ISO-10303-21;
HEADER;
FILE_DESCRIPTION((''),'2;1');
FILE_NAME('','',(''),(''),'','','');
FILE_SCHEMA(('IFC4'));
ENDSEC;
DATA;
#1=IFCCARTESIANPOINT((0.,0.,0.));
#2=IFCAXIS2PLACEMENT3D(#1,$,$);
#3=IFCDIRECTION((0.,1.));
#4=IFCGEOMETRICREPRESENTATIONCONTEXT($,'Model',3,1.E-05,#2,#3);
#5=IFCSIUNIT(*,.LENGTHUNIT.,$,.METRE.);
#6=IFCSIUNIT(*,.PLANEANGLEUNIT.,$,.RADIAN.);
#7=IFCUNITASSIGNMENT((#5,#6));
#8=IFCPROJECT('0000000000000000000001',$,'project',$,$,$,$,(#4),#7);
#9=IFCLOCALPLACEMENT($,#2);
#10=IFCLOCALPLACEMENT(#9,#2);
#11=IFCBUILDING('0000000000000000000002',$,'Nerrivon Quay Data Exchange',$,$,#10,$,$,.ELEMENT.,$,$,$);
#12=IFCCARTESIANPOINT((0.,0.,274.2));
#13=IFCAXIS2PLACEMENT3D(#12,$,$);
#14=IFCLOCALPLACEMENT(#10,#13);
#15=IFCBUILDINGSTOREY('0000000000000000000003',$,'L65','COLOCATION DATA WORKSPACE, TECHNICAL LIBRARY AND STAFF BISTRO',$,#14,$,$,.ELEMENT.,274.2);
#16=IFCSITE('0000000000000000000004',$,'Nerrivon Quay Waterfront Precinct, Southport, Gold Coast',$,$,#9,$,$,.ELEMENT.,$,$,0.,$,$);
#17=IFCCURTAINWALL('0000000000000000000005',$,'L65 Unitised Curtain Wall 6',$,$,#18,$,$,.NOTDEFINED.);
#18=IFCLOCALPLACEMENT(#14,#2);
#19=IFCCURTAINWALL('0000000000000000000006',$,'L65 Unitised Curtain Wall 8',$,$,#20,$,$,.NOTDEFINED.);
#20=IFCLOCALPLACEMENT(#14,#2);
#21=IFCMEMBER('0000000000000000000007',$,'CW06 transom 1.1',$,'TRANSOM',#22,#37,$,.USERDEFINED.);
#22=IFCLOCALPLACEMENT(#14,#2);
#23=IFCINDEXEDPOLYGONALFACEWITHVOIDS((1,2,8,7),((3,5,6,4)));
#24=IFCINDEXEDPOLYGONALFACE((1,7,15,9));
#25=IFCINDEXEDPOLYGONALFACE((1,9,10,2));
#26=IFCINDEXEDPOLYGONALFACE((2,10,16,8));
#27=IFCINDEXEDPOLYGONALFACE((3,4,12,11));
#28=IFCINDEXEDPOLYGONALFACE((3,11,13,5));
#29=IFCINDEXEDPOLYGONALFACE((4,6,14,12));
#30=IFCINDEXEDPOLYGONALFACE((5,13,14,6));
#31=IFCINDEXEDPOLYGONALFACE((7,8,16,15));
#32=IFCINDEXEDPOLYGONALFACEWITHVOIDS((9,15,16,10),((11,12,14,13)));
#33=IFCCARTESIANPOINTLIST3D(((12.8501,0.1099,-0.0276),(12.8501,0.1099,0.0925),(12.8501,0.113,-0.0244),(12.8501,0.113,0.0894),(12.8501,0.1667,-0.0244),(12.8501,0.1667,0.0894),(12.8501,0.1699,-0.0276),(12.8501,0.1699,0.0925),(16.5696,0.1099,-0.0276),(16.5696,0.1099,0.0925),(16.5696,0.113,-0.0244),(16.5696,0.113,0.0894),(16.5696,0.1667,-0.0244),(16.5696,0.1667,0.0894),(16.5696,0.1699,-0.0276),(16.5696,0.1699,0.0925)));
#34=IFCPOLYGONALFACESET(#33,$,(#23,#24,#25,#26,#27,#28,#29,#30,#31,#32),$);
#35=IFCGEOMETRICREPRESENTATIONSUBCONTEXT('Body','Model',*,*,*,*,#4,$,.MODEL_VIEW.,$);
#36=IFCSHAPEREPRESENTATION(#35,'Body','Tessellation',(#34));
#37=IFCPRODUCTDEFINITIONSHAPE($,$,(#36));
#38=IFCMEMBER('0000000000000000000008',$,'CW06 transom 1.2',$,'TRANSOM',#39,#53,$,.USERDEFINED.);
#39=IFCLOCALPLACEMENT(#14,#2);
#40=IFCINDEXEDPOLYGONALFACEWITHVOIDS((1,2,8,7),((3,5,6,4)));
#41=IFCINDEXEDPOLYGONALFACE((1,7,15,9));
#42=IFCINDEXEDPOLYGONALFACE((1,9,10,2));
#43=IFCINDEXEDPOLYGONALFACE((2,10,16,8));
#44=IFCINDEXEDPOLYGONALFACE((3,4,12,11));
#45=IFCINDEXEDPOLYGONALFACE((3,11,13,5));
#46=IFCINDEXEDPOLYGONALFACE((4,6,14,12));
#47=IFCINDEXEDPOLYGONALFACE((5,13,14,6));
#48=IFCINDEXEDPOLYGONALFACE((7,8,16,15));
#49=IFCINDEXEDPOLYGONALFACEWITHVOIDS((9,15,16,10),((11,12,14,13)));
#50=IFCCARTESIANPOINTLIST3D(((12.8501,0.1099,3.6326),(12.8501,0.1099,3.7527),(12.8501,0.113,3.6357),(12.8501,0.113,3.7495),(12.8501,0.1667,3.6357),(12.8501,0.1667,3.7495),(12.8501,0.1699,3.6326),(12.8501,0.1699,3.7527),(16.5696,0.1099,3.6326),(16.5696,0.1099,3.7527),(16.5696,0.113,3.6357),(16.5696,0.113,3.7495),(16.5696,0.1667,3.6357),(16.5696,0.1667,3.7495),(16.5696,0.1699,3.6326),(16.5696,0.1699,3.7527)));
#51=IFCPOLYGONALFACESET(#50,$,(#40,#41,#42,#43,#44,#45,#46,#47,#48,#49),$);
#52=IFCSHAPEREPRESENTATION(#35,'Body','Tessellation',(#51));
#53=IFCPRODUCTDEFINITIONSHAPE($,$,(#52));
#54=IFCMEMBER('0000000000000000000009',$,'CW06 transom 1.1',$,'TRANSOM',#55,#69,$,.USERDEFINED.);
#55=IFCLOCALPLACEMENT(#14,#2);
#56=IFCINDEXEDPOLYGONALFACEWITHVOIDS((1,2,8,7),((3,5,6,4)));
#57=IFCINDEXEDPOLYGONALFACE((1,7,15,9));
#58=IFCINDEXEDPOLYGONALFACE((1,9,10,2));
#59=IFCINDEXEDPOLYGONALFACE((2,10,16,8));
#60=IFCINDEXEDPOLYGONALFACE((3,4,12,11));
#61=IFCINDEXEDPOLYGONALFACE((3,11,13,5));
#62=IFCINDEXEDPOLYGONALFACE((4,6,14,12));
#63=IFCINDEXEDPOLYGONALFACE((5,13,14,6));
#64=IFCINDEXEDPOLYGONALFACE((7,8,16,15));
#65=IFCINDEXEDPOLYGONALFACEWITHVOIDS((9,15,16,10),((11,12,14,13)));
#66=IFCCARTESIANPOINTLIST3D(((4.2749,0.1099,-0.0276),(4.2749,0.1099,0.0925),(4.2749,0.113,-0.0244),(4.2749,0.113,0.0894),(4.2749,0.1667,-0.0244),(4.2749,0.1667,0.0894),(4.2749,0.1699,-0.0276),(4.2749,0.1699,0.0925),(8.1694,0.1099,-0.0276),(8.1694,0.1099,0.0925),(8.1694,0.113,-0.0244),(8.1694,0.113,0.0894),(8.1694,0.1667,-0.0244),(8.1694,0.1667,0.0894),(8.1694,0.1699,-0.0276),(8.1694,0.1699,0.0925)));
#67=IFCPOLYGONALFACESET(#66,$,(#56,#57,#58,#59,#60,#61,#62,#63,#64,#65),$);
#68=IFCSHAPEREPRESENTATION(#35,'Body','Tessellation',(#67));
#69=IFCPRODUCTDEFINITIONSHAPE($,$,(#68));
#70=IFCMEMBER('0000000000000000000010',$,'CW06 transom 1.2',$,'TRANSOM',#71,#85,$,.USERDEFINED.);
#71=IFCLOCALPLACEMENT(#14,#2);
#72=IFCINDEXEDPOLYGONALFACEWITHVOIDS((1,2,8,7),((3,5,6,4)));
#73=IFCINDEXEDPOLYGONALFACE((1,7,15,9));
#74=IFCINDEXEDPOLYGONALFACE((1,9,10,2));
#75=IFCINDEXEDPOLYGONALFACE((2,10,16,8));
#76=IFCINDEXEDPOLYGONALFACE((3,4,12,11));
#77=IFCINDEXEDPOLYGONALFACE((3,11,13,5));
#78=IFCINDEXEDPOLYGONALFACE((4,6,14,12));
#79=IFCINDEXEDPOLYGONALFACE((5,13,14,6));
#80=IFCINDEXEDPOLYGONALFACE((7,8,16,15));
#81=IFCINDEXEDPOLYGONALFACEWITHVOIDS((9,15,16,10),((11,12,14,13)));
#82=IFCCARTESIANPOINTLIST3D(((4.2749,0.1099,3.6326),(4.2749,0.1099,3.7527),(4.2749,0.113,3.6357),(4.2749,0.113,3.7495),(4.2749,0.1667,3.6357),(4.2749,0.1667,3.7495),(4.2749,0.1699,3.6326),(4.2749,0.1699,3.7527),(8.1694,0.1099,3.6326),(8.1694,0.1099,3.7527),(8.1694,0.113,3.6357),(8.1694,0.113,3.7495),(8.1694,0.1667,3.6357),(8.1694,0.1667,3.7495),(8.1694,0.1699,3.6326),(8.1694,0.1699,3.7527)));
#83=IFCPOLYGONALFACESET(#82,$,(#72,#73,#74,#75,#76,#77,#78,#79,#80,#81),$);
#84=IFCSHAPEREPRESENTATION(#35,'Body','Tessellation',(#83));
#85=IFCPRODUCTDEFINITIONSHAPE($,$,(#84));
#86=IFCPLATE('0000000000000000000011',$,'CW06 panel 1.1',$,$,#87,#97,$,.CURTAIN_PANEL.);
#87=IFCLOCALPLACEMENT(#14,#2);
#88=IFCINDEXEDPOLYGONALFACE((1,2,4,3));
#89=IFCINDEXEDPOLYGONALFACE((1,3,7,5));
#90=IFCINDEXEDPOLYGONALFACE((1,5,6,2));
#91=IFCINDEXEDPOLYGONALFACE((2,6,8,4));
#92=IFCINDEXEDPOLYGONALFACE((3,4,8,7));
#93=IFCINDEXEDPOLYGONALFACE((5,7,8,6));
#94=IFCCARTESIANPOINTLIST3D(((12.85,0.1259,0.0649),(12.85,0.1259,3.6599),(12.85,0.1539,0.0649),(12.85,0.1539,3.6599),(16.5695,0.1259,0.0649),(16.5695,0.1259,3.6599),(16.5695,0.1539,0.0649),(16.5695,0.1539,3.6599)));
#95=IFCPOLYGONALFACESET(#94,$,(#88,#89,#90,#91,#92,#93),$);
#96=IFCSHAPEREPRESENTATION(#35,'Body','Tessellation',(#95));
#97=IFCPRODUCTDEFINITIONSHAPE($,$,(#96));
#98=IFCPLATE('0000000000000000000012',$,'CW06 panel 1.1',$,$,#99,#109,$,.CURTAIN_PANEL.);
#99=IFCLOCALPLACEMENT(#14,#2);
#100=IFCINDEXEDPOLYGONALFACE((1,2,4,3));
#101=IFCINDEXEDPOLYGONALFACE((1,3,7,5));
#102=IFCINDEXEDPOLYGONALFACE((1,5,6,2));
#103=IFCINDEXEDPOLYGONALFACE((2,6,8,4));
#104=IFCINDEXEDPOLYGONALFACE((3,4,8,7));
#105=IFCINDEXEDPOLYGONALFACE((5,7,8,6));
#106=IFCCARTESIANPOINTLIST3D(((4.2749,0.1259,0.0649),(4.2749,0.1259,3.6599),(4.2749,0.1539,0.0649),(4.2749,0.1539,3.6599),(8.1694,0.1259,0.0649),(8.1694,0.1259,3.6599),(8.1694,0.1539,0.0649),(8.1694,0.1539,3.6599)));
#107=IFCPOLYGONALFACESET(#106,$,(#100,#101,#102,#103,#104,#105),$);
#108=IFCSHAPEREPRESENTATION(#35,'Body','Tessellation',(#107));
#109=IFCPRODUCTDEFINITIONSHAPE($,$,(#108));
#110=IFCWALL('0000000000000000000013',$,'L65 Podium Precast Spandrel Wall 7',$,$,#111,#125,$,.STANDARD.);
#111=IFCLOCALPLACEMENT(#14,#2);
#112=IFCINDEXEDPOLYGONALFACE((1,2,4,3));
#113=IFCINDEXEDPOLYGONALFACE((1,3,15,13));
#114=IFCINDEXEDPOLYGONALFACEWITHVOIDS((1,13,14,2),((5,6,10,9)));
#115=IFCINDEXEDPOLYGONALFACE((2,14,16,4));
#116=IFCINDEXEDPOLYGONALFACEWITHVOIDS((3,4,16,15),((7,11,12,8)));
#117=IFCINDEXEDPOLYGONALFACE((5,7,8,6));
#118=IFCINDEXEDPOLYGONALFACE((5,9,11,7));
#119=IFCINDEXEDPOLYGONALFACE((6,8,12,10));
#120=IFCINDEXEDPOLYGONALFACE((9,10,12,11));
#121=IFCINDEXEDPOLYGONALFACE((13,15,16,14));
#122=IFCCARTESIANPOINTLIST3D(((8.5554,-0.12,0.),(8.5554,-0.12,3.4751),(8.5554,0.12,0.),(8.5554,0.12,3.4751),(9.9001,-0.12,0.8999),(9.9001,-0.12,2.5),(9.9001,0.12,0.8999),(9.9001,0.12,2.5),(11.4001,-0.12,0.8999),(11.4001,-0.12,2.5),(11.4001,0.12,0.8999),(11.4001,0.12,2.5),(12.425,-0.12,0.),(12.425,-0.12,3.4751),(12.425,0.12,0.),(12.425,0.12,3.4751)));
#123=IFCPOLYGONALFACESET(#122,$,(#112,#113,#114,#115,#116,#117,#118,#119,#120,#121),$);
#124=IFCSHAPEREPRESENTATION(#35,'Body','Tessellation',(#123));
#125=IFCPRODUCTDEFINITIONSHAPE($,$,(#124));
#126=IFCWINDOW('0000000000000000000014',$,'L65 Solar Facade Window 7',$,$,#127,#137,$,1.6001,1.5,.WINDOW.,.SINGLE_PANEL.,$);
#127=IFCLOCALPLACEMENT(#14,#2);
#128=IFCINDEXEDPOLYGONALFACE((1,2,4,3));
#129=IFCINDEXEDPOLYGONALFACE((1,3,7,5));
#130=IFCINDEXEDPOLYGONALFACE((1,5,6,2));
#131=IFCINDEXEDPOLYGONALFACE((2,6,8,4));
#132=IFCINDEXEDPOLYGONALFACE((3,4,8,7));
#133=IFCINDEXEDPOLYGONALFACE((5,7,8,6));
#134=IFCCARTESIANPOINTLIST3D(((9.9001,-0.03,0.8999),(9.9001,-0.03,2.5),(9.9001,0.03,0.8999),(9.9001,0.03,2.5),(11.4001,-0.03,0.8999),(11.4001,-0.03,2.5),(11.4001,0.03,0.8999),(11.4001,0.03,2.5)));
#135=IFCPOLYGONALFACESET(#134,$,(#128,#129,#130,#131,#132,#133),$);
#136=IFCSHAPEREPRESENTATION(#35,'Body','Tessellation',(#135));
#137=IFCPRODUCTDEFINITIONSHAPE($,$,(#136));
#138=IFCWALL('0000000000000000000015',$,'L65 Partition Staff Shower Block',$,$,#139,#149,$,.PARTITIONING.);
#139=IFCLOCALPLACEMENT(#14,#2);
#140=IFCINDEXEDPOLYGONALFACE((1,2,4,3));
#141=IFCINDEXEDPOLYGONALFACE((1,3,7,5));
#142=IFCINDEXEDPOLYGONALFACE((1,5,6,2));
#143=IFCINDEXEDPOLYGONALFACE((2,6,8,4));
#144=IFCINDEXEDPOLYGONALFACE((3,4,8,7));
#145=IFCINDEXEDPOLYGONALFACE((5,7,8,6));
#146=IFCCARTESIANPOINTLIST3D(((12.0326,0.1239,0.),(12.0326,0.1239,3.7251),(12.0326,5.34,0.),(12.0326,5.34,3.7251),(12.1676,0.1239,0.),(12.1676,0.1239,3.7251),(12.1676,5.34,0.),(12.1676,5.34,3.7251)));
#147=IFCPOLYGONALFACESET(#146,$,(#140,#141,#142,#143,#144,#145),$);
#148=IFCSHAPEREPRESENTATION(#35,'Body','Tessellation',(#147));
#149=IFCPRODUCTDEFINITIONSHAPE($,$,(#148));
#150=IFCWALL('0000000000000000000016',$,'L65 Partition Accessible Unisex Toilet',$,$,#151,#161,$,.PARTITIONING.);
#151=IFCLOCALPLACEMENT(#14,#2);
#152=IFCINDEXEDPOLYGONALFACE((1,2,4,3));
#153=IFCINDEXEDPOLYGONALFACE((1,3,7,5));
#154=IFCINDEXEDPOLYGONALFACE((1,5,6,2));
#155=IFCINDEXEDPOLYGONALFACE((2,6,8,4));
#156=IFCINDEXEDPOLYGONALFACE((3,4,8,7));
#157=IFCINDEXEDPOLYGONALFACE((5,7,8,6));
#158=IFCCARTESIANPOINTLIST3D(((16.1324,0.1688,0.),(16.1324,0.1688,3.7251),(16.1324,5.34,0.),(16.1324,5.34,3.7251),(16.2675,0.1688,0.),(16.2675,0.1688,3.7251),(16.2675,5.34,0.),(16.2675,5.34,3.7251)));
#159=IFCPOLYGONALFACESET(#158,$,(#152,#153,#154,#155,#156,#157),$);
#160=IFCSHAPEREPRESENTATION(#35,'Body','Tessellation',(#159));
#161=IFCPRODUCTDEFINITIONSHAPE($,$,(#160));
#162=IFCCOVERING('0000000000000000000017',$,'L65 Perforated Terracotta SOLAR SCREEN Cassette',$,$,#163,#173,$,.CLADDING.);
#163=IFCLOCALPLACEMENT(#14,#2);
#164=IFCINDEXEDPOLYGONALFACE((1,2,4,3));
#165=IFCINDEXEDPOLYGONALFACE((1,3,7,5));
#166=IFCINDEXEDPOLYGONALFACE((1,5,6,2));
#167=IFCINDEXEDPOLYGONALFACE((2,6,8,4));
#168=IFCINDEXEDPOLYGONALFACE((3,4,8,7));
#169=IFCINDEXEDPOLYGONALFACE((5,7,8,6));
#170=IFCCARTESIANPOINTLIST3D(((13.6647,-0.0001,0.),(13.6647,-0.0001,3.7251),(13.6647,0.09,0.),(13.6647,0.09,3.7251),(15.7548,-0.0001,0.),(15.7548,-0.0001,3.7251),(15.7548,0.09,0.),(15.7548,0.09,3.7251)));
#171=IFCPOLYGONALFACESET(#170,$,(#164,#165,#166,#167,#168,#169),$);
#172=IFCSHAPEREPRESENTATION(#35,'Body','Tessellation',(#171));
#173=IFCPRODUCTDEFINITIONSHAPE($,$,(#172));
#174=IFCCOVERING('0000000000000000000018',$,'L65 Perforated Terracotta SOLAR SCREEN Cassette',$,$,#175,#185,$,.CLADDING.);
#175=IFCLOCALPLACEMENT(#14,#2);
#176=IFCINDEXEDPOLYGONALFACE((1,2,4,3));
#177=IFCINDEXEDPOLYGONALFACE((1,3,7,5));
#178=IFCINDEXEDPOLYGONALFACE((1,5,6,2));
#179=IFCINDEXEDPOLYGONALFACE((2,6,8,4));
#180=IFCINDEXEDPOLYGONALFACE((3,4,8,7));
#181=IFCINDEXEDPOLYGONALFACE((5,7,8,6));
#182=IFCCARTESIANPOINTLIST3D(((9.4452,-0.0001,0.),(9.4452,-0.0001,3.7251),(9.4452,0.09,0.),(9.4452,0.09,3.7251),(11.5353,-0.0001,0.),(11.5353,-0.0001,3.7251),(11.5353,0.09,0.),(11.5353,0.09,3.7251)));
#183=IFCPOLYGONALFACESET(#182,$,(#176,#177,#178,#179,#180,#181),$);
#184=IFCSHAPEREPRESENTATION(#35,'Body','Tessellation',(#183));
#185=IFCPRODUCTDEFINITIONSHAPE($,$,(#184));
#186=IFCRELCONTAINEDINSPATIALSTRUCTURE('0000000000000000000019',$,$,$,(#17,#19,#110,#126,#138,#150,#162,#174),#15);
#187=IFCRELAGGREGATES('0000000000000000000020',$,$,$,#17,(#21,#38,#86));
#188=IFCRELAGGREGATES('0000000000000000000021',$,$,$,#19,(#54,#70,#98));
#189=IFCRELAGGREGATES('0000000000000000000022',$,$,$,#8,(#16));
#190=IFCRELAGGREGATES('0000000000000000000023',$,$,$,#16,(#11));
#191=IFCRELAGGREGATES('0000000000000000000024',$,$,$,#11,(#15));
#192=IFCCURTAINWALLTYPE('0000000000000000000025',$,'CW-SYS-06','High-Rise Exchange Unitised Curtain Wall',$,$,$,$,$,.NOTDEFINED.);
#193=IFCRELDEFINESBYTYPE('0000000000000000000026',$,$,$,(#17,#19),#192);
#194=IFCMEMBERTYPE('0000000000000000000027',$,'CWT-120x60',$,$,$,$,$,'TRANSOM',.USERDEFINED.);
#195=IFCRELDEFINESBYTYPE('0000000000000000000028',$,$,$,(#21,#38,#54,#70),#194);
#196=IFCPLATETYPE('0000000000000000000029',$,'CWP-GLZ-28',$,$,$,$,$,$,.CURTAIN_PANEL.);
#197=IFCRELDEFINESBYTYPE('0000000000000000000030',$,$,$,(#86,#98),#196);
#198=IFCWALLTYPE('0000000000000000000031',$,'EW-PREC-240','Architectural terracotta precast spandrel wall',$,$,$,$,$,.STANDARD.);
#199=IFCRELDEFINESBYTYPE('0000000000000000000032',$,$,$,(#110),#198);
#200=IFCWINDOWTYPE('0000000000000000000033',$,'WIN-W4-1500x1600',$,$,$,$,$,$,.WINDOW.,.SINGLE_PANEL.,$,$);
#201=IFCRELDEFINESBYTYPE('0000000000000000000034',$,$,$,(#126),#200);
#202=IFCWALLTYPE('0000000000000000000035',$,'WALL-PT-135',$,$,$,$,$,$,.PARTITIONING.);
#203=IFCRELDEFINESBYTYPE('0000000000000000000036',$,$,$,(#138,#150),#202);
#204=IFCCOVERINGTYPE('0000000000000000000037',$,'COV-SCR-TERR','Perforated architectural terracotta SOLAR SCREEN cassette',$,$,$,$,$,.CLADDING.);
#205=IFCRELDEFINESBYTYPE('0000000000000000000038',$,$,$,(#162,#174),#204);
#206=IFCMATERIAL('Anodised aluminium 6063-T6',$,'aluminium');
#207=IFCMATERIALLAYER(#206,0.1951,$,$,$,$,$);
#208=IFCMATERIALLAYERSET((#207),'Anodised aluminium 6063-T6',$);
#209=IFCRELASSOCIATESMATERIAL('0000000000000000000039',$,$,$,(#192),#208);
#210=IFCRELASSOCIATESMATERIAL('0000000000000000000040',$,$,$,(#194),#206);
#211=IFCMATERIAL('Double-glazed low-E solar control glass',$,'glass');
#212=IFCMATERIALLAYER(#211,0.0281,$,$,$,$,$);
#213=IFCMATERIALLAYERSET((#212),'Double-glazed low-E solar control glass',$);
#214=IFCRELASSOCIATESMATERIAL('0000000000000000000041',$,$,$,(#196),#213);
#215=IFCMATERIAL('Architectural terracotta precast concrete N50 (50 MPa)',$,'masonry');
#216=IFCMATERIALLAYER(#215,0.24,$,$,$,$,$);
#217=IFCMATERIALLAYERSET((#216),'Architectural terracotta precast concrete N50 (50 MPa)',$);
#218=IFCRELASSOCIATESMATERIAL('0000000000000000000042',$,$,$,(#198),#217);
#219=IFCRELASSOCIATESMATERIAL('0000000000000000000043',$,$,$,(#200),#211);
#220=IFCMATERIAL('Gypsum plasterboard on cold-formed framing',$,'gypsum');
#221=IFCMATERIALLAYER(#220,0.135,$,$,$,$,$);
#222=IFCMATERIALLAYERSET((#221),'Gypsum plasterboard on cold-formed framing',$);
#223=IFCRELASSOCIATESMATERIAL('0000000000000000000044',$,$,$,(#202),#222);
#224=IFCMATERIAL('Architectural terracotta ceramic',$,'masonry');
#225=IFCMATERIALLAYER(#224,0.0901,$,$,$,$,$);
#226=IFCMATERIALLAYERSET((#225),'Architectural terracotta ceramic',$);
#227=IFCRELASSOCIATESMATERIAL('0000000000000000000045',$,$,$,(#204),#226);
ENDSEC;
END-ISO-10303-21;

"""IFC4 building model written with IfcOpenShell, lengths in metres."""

from ifc_helpers import new_model, si_unit, direction, frame, frame_2d, origin, origin_2d, place, context, subcontext, project, spatial, rectangle, hollow_rectangle, extrude, material, layer, layer_set, material_profile, profile_set, type_object, element, fill, aggregate, save


model = new_model("IFC4")

# Units and contexts
model_context = context("Model", 3, precision=1e-05, world=origin(), true_north=direction((0.0, 1.0)))
body_context = subcontext(model_context, "Body", "Model", "MODEL_VIEW")
ifc_project = project(units=[si_unit("LENGTHUNIT", "METRE"), si_unit("PLANEANGLEUNIT", "RADIAN")], contexts=[model_context])

# Site, building, storey
site_placement = place(None, origin())
site = spatial("IfcSite", under=ifc_project, at=site_placement, Name="Nerrivon Quay Waterfront Precinct, Southport, Gold Coast", CompositionType="ELEMENT", RefElevation=0.0)
building_placement = place(site_placement, origin())
building = spatial("IfcBuilding", under=site, at=building_placement, Name="Nerrivon Quay Data Exchange", CompositionType="ELEMENT")
storey_placement = place(building_placement, frame((0.0, 0.0, 274.2)))
storey = spatial("IfcBuildingStorey", under=building, at=storey_placement, Name="L65", Description="COLOCATION DATA WORKSPACE, TECHNICAL LIBRARY AND STAFF BISTRO", CompositionType="ELEMENT", Elevation=274.2)

# Curtain wall
ifc_material_1 = material(Name="Anodised aluminium 6063-T6", Category="aluminium")
ifc_layer_1 = layer(ifc_material_1, 0.1951)
ifc_layer_set_1 = layer_set([ifc_layer_1], Name="Anodised aluminium 6063-T6")
curtain_wall_type = type_object("IfcCurtainWallType", Name="CW-SYS-06", Description="High-Rise Exchange Unitised Curtain Wall", PredefinedType="NOTDEFINED", material=ifc_layer_set_1)
curtain_wall_1_placement = place(storey_placement, origin())
curtain_wall_1 = element("IfcCurtainWall", 1, at=curtain_wall_1_placement, inside=storey, type_object=curtain_wall_type, Name="L65 Unitised Curtain Wall 6", PredefinedType="NOTDEFINED")

# Curtain wall
curtain_wall_2_placement = place(storey_placement, origin())
curtain_wall_2 = element("IfcCurtainWall", 2, at=curtain_wall_2_placement, inside=storey, type_object=curtain_wall_type, Name="L65 Unitised Curtain Wall 8", PredefinedType="NOTDEFINED")

# Members
ifc_material_profile_1 = material_profile(ifc_material_1, hollow_rectangle(XDim=0.0601, YDim=0.1201, WallThickness=0.0032, at=origin_2d()), Name="ALU-TRAN-120x60")
ifc_profile_set_1 = profile_set([ifc_material_profile_1], Name="Anodised aluminium 6063-T6")
member_type_1 = type_object("IfcMemberType", Name="CWT-120x60", ElementType="TRANSOM", PredefinedType="USERDEFINED", material=ifc_profile_set_1)
member_1_placement = place(storey_placement, frame((16.5696, 0.1399, 0.0325), z_axis=(-1.0, 0.0, 0.0), x_axis=(0.0, -1.0, 0.0)))
member_1 = element("IfcMember", 3, at=member_1_placement, type_object=member_type_1, Name="CW06 transom 1.1", ObjectType="TRANSOM", PredefinedType="USERDEFINED", context=body_context, shape_type="SweptSolid", body=[
    extrude(hollow_rectangle(XDim=0.0601, YDim=0.1201, WallThickness=0.0032, at=origin_2d()), origin(), (0.0, 0.0, 1.0), 3.7195),
])
member_2_placement = place(storey_placement, frame((16.5696, 0.1399, 3.6926), z_axis=(-1.0, 0.0, 0.0), x_axis=(0.0, -1.0, 0.0)))
member_2 = element("IfcMember", 4, at=member_2_placement, type_object=member_type_1, Name="CW06 transom 1.2", ObjectType="TRANSOM", PredefinedType="USERDEFINED", context=body_context, shape_type="SweptSolid", body=[
    extrude(hollow_rectangle(XDim=0.0601, YDim=0.1201, WallThickness=0.0032, at=origin_2d()), origin(), (0.0, 0.0, 1.0), 3.7195),
])
member_3_placement = place(storey_placement, frame((8.1694, 0.1399, 0.0325), z_axis=(-1.0, 0.0, 0.0), x_axis=(0.0, -1.0, 0.0)))
member_3 = element("IfcMember", 5, at=member_3_placement, type_object=member_type_1, Name="CW06 transom 1.1", ObjectType="TRANSOM", PredefinedType="USERDEFINED", context=body_context, shape_type="SweptSolid", body=[
    extrude(hollow_rectangle(XDim=0.0601, YDim=0.1201, WallThickness=0.0032, at=origin_2d()), origin(), (0.0, 0.0, 1.0), 3.8945),
])
member_4_placement = place(storey_placement, frame((8.1694, 0.1399, 3.6926), z_axis=(-1.0, 0.0, 0.0), x_axis=(0.0, -1.0, 0.0)))
member_4 = element("IfcMember", 6, at=member_4_placement, type_object=member_type_1, Name="CW06 transom 1.2", ObjectType="TRANSOM", PredefinedType="USERDEFINED", context=body_context, shape_type="SweptSolid", body=[
    extrude(hollow_rectangle(XDim=0.0601, YDim=0.1201, WallThickness=0.0032, at=origin_2d()), origin(), (0.0, 0.0, 1.0), 3.8945),
])

# Plates
ifc_material_2 = material(Name="Double-glazed low-E solar control glass", Category="glass")
ifc_layer_2 = layer(ifc_material_2, 0.0281)
ifc_layer_set_2 = layer_set([ifc_layer_2], Name="Double-glazed low-E solar control glass")
plate_type = type_object("IfcPlateType", Name="CWP-GLZ-28", PredefinedType="CURTAIN_PANEL", material=ifc_layer_set_2)
plate_1_placement = place(storey_placement, frame((14.7097, 0.1399, 0.0649), z_axis=(0.0, 0.0, 1.0), x_axis=(-1.0, 0.0, 0.0)))
plate_1 = element("IfcPlate", 7, at=plate_1_placement, type_object=plate_type, Name="CW06 panel 1.1", PredefinedType="CURTAIN_PANEL", context=body_context, shape_type="SweptSolid", body=[
    extrude(rectangle(XDim=3.7195, YDim=0.0281, at=origin_2d()), origin(), (0.0, 0.0, 1.0), 3.595),
])
aggregate(curtain_wall_1, [member_1, member_2, plate_1])
plate_2_placement = place(storey_placement, frame((6.2222, 0.1399, 0.0649), z_axis=(0.0, 0.0, 1.0), x_axis=(-1.0, 0.0, 0.0)))
plate_2 = element("IfcPlate", 8, at=plate_2_placement, type_object=plate_type, Name="CW06 panel 1.1", PredefinedType="CURTAIN_PANEL", context=body_context, shape_type="SweptSolid", body=[
    extrude(rectangle(XDim=3.8945, YDim=0.0281, at=origin_2d()), origin(), (0.0, 0.0, 1.0), 3.595),
])
aggregate(curtain_wall_2, [member_3, member_4, plate_2])

# Wall, opening, window
ifc_material_3 = material(Name="Architectural terracotta precast concrete N50 (50 MPa)", Category="masonry")
ifc_layer_3 = layer(ifc_material_3, 0.24)
ifc_layer_set_3 = layer_set([ifc_layer_3], Name="Architectural terracotta precast concrete N50 (50 MPa)")
wall_type_1 = type_object("IfcWallType", Name="EW-PREC-240", Description="Architectural terracotta precast spandrel wall", PredefinedType="STANDARD", material=ifc_layer_set_3)
wall_1_placement = place(storey_placement, frame((12.425, 0.0, 0.0), z_axis=(0.0, 0.0, 1.0), x_axis=(-1.0, 0.0, 0.0)))
wall_1 = element("IfcWall", 9, at=wall_1_placement, inside=storey, type_object=wall_type_1, Name="L65 Podium Precast Spandrel Wall 7", PredefinedType="STANDARD", context=body_context, shape_type="SweptSolid", body=[
    extrude(rectangle(XDim=3.8696, YDim=0.24, at=frame_2d((1.9348, 0.0))), origin(), (0.0, 0.0, 1.0), 3.4751),
])
opening_placement = place(wall_1_placement, frame((1.0249, 0.0, 0.8999)))
opening = element("IfcOpeningElement", 10, at=opening_placement, cuts=wall_1, PredefinedType="OPENING", context=body_context, shape_type="SweptSolid", body=[
    extrude(rectangle(XDim=1.5, YDim=1.6001, at=frame_2d((0.75, 0.8))), frame((0.0, 0.1299, 0.0), z_axis=(0.0, -1.0, 0.0), x_axis=(1.0, 0.0, 0.0)), (0.0, 0.0, 1.0), 0.26),
])
window_type = type_object("IfcWindowType", Name="WIN-W4-1500x1600", PartitioningType="SINGLE_PANEL", PredefinedType="WINDOW", material=ifc_material_2)
window_placement = place(opening_placement, origin())
window = element("IfcWindow", 11, at=window_placement, inside=storey, type_object=window_type, Name="L65 Solar Facade Window 7", OverallHeight=1.6001, OverallWidth=1.5, PartitioningType="SINGLE_PANEL", PredefinedType="WINDOW", context=body_context, shape_type="SweptSolid", body=[
    extrude(rectangle(XDim=1.5, YDim=1.6001, at=frame_2d((0.75, 0.8))), frame((0.0, 0.03, 0.0), z_axis=(0.0, -1.0, 0.0), x_axis=(1.0, 0.0, 0.0)), (0.0, 0.0, 1.0), 0.0601),
])
fill(opening, window)

# Walls
ifc_material_4 = material(Name="Gypsum plasterboard on cold-formed framing", Category="gypsum")
ifc_layer_4 = layer(ifc_material_4, 0.135)
ifc_layer_set_4 = layer_set([ifc_layer_4], Name="Gypsum plasterboard on cold-formed framing")
wall_type_2 = type_object("IfcWallType", Name="WALL-PT-135", PredefinedType="PARTITIONING", material=ifc_layer_set_4)
wall_2_placement = place(storey_placement, frame((12.1001, 0.124, 0.0), z_axis=(0.0, 0.0, 1.0), x_axis=(0.0, 1.0, 0.0)))
element("IfcWall", 12, at=wall_2_placement, inside=storey, type_object=wall_type_2, Name="L65 Partition Staff Shower Block", PredefinedType="PARTITIONING", context=body_context, shape_type="SweptSolid", body=[
    extrude(rectangle(XDim=5.2161, YDim=0.135, at=frame_2d((2.6079, 0.0))), origin(), (0.0, 0.0, 1.0), 3.7251),
])
wall_3_placement = place(storey_placement, frame((16.2, 0.1689, 0.0), z_axis=(0.0, 0.0, 1.0), x_axis=(0.0, 1.0, 0.0)))
element("IfcWall", 13, at=wall_3_placement, inside=storey, type_object=wall_type_2, Name="L65 Partition Accessible Unisex Toilet", PredefinedType="PARTITIONING", context=body_context, shape_type="SweptSolid", body=[
    extrude(rectangle(XDim=5.1711, YDim=0.135, at=frame_2d((2.5854, 0.0))), origin(), (0.0, 0.0, 1.0), 3.7251),
])

# Coverings
ifc_material_5 = material(Name="Architectural terracotta ceramic", Category="masonry")
ifc_layer_5 = layer(ifc_material_5, 0.0901)
ifc_layer_set_5 = layer_set([ifc_layer_5], Name="Architectural terracotta ceramic")
covering_type = type_object("IfcCoveringType", Name="COV-SCR-TERR", Description="Perforated architectural terracotta SOLAR SCREEN cassette", PredefinedType="CLADDING", material=ifc_layer_set_5)
for number, where, z_axis, x_axis, name in (
    (14, (14.7097, 0.0449, 0.0), (0.0, 0.0, 1.0), (-1.0, 0.0, 0.0), "L65 Perforated Terracotta SOLAR SCREEN Cassette"),
    (15, (10.4902, 0.0449, 0.0), (0.0, 0.0, 1.0), (-1.0, 0.0, 0.0), "L65 Perforated Terracotta SOLAR SCREEN Cassette"),
):
    element("IfcCovering", number, at=place(storey_placement, frame(where, z_axis=z_axis, x_axis=x_axis)), inside=storey, type_object=covering_type, Name=name, PredefinedType="CLADDING", context=body_context, shape_type="SweptSolid", body=[
        extrude(rectangle(XDim=2.0901, YDim=0.0901, at=origin_2d()), origin(), (0.0, 0.0, 1.0), 3.7251),
    ])

save(model, "model.ifc")
